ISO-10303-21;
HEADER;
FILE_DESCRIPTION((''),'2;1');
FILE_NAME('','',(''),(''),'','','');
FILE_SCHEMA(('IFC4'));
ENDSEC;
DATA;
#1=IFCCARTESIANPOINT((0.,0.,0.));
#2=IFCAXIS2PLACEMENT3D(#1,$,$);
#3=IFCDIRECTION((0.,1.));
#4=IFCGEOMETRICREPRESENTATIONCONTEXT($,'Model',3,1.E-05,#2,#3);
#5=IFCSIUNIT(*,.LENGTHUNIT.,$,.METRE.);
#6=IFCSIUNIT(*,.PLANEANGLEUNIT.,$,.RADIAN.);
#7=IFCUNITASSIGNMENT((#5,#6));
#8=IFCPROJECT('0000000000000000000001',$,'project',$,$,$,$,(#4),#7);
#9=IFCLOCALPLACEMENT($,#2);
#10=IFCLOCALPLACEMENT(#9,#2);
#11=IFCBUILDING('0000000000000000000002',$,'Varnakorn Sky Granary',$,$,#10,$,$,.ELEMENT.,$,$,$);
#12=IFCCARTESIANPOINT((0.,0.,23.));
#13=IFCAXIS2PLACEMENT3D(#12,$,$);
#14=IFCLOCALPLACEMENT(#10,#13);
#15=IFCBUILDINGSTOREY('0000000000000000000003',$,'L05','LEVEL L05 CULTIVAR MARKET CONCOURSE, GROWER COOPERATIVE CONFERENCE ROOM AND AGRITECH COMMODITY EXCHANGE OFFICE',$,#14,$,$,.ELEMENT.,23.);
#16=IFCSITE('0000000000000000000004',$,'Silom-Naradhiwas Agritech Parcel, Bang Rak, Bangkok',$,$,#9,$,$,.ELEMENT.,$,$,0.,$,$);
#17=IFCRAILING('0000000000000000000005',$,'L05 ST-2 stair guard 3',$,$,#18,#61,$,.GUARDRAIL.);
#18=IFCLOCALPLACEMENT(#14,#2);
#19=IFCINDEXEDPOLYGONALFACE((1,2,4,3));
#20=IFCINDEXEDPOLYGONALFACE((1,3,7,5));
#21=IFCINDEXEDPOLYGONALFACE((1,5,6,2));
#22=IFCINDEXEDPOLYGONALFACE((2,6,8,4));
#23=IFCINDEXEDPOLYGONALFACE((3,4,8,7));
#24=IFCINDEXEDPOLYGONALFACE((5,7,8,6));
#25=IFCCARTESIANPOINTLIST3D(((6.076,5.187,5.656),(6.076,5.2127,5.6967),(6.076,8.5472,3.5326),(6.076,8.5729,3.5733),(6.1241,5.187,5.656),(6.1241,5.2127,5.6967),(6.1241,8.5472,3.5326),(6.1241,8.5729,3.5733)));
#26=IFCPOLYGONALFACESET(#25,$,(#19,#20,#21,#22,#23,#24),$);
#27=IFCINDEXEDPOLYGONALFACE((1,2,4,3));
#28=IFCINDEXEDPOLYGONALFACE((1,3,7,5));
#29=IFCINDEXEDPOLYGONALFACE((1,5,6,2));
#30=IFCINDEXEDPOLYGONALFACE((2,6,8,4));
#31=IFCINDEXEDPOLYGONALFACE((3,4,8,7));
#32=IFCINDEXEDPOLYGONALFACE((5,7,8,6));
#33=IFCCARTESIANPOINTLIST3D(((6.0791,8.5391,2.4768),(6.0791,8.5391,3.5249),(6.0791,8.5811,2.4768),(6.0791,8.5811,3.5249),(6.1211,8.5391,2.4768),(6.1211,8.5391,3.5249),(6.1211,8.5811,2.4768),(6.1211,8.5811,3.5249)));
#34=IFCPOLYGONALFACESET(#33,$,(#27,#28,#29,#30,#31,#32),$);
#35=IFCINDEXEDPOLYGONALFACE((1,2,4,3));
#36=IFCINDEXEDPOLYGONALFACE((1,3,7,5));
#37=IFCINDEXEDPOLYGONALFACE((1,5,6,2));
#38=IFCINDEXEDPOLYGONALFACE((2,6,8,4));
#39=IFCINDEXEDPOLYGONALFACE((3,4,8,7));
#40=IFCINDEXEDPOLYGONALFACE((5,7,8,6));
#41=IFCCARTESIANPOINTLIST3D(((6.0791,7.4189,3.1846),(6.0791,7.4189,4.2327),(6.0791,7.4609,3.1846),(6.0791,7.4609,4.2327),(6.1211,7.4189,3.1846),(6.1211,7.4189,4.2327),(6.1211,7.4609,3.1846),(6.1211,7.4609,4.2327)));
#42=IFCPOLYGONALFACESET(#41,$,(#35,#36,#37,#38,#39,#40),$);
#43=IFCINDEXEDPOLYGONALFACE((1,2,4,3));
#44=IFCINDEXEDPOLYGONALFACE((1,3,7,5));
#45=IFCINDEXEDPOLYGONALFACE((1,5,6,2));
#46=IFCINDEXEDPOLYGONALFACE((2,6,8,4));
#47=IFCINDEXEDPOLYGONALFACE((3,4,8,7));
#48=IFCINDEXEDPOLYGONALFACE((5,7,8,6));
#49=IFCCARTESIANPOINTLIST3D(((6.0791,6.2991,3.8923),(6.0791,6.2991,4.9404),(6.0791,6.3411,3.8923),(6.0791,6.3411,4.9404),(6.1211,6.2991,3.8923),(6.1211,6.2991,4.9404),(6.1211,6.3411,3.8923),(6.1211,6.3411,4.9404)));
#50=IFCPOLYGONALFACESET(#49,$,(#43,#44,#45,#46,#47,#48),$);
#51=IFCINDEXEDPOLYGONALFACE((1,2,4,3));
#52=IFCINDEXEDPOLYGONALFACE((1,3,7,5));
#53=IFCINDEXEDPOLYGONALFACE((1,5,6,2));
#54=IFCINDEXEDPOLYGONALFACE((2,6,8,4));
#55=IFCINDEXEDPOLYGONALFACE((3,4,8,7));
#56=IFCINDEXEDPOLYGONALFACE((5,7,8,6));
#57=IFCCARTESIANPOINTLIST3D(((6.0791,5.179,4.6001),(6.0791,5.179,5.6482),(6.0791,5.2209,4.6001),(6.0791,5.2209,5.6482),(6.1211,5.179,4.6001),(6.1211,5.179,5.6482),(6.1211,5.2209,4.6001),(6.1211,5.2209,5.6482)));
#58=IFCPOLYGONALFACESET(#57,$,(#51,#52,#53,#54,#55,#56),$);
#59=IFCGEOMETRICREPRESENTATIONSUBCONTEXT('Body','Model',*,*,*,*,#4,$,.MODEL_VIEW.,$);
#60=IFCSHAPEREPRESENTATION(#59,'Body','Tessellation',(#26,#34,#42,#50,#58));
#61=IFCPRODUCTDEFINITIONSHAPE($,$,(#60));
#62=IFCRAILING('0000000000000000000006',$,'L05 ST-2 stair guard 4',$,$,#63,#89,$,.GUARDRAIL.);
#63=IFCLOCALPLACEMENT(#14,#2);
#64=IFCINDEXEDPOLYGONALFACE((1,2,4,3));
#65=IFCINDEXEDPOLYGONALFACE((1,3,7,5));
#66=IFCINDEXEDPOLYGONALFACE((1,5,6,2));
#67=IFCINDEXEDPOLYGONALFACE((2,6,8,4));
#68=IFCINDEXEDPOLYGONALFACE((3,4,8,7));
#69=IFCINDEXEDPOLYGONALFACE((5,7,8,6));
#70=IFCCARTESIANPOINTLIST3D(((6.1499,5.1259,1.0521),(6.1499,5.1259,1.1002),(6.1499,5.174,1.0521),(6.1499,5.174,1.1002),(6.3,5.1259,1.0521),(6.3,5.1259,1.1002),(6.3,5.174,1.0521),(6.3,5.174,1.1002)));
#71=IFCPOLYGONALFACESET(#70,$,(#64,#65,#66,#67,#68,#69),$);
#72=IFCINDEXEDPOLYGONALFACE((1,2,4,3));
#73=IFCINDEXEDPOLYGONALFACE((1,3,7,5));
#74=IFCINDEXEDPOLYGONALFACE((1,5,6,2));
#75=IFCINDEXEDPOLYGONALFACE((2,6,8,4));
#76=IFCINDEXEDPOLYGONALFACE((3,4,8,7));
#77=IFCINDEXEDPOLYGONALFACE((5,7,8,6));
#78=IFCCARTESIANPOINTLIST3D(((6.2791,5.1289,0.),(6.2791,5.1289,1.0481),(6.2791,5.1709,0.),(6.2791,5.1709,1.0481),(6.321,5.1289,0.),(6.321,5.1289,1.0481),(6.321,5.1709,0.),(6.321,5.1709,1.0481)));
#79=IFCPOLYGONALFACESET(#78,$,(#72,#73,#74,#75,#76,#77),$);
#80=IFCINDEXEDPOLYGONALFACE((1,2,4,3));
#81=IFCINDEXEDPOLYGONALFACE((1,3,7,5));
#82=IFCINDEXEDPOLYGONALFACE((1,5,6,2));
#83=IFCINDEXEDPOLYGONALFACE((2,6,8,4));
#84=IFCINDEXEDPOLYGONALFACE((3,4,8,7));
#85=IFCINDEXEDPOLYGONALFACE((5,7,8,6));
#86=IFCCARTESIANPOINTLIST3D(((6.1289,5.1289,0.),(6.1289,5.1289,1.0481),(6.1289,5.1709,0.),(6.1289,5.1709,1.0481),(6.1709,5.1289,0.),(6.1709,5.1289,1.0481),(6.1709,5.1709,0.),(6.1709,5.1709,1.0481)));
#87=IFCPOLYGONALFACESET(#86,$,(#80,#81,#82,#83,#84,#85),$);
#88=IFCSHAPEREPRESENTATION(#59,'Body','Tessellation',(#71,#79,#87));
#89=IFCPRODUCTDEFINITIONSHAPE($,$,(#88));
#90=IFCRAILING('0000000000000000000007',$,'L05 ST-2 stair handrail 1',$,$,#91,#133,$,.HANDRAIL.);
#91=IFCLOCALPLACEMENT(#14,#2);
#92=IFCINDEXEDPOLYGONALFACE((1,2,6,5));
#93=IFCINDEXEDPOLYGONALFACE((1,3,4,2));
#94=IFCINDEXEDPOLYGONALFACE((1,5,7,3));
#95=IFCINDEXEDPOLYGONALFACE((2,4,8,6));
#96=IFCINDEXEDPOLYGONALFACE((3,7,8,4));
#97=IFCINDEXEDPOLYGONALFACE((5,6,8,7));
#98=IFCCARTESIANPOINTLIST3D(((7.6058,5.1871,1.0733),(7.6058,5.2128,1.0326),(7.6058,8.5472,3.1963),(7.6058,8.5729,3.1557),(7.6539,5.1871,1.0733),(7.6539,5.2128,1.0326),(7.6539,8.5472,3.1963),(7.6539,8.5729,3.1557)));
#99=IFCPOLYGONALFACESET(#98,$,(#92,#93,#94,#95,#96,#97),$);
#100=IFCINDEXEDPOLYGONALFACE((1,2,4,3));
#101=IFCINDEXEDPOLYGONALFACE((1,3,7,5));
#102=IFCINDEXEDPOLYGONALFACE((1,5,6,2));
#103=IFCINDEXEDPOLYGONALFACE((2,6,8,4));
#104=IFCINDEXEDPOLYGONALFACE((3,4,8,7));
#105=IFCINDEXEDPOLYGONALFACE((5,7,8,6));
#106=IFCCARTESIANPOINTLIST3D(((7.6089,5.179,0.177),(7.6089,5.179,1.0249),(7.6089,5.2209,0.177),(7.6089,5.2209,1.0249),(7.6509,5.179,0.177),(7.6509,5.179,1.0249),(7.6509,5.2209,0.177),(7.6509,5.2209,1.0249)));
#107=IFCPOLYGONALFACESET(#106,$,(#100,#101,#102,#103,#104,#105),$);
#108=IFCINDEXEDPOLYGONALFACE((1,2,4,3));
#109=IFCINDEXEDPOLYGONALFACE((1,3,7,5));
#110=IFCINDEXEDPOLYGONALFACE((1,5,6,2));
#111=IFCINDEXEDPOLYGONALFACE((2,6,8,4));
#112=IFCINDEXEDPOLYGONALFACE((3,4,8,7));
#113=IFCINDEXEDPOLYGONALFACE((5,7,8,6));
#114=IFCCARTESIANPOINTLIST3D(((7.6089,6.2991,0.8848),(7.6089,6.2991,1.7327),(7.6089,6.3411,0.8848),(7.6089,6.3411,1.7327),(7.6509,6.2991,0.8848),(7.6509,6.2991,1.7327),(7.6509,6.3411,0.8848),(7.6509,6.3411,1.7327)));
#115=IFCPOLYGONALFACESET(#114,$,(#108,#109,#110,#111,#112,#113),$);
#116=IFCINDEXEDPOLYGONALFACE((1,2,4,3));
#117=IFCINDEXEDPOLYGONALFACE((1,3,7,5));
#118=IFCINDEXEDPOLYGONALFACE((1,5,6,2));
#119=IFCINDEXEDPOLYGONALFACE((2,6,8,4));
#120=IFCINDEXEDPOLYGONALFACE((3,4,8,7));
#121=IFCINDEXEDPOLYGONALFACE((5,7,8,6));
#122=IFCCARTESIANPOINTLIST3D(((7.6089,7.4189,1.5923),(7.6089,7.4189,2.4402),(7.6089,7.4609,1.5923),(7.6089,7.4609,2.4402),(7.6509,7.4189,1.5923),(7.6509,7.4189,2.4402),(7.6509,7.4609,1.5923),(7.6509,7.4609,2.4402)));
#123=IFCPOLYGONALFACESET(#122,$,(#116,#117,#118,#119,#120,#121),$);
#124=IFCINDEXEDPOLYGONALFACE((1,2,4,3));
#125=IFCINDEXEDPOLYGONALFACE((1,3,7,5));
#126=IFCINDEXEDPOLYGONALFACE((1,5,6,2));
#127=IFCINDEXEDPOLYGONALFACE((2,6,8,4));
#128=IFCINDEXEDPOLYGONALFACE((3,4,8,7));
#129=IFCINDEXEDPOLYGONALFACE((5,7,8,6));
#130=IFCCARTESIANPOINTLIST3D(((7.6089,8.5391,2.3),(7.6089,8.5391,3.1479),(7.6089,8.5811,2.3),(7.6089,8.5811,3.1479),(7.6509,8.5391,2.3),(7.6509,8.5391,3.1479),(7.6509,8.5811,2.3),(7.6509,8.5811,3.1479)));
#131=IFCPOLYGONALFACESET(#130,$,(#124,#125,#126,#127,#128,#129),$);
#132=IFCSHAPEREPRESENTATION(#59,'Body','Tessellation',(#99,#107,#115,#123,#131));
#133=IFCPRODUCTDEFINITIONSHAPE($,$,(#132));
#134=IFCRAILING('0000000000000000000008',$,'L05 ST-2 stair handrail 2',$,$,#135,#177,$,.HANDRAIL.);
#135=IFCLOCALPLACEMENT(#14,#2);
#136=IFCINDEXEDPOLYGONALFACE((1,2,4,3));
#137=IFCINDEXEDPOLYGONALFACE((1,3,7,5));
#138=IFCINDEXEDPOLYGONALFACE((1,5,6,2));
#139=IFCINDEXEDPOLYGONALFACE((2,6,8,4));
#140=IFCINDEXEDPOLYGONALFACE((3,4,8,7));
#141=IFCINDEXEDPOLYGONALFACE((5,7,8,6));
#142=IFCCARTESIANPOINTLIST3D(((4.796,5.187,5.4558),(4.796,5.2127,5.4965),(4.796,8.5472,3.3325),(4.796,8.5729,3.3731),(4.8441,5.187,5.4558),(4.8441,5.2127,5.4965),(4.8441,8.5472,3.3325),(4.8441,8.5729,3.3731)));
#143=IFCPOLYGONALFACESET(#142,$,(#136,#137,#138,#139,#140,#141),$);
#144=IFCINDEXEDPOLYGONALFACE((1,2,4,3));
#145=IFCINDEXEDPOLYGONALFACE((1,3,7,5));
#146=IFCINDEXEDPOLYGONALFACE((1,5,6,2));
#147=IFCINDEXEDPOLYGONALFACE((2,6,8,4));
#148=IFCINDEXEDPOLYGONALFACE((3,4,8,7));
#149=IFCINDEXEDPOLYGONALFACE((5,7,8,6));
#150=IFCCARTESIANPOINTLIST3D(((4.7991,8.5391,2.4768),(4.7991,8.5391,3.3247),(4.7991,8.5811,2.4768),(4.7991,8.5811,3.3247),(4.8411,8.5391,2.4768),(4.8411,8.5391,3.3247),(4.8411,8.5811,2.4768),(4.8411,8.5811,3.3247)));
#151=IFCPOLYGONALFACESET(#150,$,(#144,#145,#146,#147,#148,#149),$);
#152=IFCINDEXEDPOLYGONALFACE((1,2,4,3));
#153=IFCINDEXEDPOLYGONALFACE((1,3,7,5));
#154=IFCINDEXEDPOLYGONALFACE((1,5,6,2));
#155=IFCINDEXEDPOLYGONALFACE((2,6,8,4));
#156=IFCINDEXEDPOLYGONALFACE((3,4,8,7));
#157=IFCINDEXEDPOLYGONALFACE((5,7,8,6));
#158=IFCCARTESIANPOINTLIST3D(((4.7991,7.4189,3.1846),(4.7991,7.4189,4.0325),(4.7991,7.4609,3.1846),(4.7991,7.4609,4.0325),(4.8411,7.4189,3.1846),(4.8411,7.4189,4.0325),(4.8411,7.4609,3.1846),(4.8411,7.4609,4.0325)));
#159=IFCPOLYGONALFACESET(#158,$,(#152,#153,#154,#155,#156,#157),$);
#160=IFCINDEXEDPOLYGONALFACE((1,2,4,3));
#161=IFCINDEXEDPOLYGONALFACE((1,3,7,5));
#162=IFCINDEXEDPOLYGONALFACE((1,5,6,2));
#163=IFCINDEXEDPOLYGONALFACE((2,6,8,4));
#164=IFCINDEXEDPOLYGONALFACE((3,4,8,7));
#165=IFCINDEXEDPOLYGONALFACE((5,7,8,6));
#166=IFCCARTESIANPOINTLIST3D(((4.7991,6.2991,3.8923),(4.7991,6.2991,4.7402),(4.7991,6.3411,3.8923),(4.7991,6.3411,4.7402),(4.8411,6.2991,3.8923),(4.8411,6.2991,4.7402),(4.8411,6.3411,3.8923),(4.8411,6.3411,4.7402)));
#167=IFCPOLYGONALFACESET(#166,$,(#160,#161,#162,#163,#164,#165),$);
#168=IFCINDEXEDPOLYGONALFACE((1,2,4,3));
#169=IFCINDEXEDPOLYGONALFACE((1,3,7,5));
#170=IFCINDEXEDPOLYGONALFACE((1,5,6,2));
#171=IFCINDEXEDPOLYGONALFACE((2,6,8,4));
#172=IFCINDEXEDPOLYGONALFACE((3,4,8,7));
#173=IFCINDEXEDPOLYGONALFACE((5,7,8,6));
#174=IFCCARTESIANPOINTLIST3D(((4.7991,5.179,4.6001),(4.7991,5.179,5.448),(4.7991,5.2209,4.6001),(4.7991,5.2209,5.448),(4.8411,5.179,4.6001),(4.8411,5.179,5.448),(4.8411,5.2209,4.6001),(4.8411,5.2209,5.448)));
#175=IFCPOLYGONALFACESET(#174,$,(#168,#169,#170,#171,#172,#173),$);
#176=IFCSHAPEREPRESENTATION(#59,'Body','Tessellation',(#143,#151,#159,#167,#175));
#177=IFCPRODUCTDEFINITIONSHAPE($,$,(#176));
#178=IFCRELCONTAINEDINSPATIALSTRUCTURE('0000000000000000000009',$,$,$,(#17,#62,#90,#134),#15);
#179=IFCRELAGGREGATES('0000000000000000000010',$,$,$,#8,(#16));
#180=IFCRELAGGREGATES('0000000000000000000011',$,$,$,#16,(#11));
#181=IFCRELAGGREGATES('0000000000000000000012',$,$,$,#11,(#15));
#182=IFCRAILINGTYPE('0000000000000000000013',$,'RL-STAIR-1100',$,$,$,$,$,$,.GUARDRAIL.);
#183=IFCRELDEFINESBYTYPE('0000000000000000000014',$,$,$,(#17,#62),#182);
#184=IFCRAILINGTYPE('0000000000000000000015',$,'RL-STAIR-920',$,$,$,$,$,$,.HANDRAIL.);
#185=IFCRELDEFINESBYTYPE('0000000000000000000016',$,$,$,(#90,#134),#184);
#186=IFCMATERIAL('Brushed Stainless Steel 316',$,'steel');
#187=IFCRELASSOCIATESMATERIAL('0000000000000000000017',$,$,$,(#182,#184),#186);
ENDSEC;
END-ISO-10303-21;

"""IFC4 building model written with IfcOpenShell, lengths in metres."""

from ifc_helpers import new_model, si_unit, direction, frame, origin, origin_2d, place, context, subcontext, project, spatial, rectangle, extrude, material, type_object, element, save


model = new_model("IFC4")

# Units and contexts
model_context = context("Model", 3, precision=1e-05, world=origin(), true_north=direction((0.0, 1.0)))
body_context = subcontext(model_context, "Body", "Model", "MODEL_VIEW")
ifc_project = project(units=[si_unit("LENGTHUNIT", "METRE"), si_unit("PLANEANGLEUNIT", "RADIAN")], contexts=[model_context])

# Site, building, storey
site_placement = place(None, origin())
site = spatial("IfcSite", under=ifc_project, at=site_placement, Name="Silom-Naradhiwas Agritech Parcel, Bang Rak, Bangkok", CompositionType="ELEMENT", RefElevation=0.0)
building_placement = place(site_placement, origin())
building = spatial("IfcBuilding", under=site, at=building_placement, Name="Varnakorn Sky Granary", CompositionType="ELEMENT")
storey_placement = place(building_placement, frame((0.0, 0.0, 23.0)))
storey = spatial("IfcBuildingStorey", under=building, at=storey_placement, Name="L05", Description="LEVEL L05 CULTIVAR MARKET CONCOURSE, GROWER COOPERATIVE CONFERENCE ROOM AND AGRITECH COMMODITY EXCHANGE OFFICE", CompositionType="ELEMENT", Elevation=23.0)

# Railings
ifc_material_1 = material(Name="Brushed Stainless Steel 316", Category="steel")
railing_type_1 = type_object("IfcRailingType", Name="RL-STAIR-1100", PredefinedType="GUARDRAIL", material=ifc_material_1)
railing_1_placement = place(storey_placement, frame((6.1001, 8.5601, 2.4768)))
element("IfcRailing", 1, at=railing_1_placement, inside=storey, type_object=railing_type_1, Name="L05 ST-2 stair guard 3", PredefinedType="GUARDRAIL", context=body_context, shape_type="SweptSolid", body=[
    extrude(rectangle(XDim=0.0481, YDim=0.0481, at=origin_2d()), frame((0.0, 0.0, 1.0762), z_axis=(0.0, -0.845362, 0.534194), x_axis=(1.0, 0.0, 0.0)), (0.0, 0.0, 1.0), 3.9749),
    extrude(rectangle(XDim=0.042, YDim=0.042, at=origin_2d()), origin(), (0.0, 0.0, 1.0), 1.0481),
    extrude(rectangle(XDim=0.042, YDim=0.042, at=origin_2d()), frame((0.0, -1.1201, 0.7078)), (0.0, 0.0, 1.0), 1.0481),
    extrude(rectangle(XDim=0.042, YDim=0.042, at=origin_2d()), frame((0.0, -2.24, 1.4155)), (0.0, 0.0, 1.0), 1.0481),
    extrude(rectangle(XDim=0.042, YDim=0.042, at=origin_2d()), frame((0.0, -3.3601, 2.1233)), (0.0, 0.0, 1.0), 1.0481),
])
railing_2_placement = place(storey_placement, frame((6.3, 5.1499, 0.0)))
element("IfcRailing", 2, at=railing_2_placement, inside=storey, type_object=railing_type_1, Name="L05 ST-2 stair guard 4", PredefinedType="GUARDRAIL", context=body_context, shape_type="SweptSolid", body=[
    extrude(rectangle(XDim=0.0481, YDim=0.0481, at=origin_2d()), frame((0.0, 0.0, 1.0762), z_axis=(-1.0, 0.0, 0.0), x_axis=(0.0, -1.0, 0.0)), (0.0, 0.0, 1.0), 0.1501),
    extrude(rectangle(XDim=0.042, YDim=0.042, at=origin_2d()), origin(), (0.0, 0.0, 1.0), 1.0481),
    extrude(rectangle(XDim=0.042, YDim=0.042, at=origin_2d()), frame((-0.1501, 0.0, 0.0)), (0.0, 0.0, 1.0), 1.0481),
])
railing_type_2 = type_object("IfcRailingType", Name="RL-STAIR-920", PredefinedType="HANDRAIL", material=ifc_material_1)
railing_3_placement = place(storey_placement, frame((7.6299, 5.2, 0.177)))
element("IfcRailing", 3, at=railing_3_placement, inside=storey, type_object=railing_type_2, Name="L05 ST-2 stair handrail 1", PredefinedType="HANDRAIL", context=body_context, shape_type="SweptSolid", body=[
    extrude(rectangle(XDim=0.0481, YDim=0.0481, at=origin_2d()), frame((0.0, 0.0, 0.876), z_axis=(0.0, 0.84539, 0.53415), x_axis=(-1.0, 0.0, 0.0)), (0.0, 0.0, 1.0), 3.9746),
    extrude(rectangle(XDim=0.042, YDim=0.042, at=origin_2d()), origin(), (0.0, 0.0, 1.0), 0.8479),
    extrude(rectangle(XDim=0.042, YDim=0.042, at=origin_2d()), frame((0.0, 1.1201, 0.7078)), (0.0, 0.0, 1.0), 0.8479),
    extrude(rectangle(XDim=0.042, YDim=0.042, at=origin_2d()), frame((0.0, 2.24, 1.4153)), (0.0, 0.0, 1.0), 0.8479),
    extrude(rectangle(XDim=0.042, YDim=0.042, at=origin_2d()), frame((0.0, 3.3601, 2.123)), (0.0, 0.0, 1.0), 0.8479),
])
railing_4_placement = place(storey_placement, frame((4.8201, 8.5601, 2.4768)))
element("IfcRailing", 4, at=railing_4_placement, inside=storey, type_object=railing_type_2, Name="L05 ST-2 stair handrail 2", PredefinedType="HANDRAIL", context=body_context, shape_type="SweptSolid", body=[
    extrude(rectangle(XDim=0.0481, YDim=0.0481, at=origin_2d()), frame((0.0, 0.0, 0.876), z_axis=(0.0, -0.845362, 0.534194), x_axis=(1.0, 0.0, 0.0)), (0.0, 0.0, 1.0), 3.9749),
    extrude(rectangle(XDim=0.042, YDim=0.042, at=origin_2d()), origin(), (0.0, 0.0, 1.0), 0.8479),
    extrude(rectangle(XDim=0.042, YDim=0.042, at=origin_2d()), frame((0.0, -1.1201, 0.7078)), (0.0, 0.0, 1.0), 0.8479),
    extrude(rectangle(XDim=0.042, YDim=0.042, at=origin_2d()), frame((0.0, -2.24, 1.4155)), (0.0, 0.0, 1.0), 0.8479),
    extrude(rectangle(XDim=0.042, YDim=0.042, at=origin_2d()), frame((0.0, -3.3601, 2.1233)), (0.0, 0.0, 1.0), 0.8479),
])

save(model, "model.ifc")
